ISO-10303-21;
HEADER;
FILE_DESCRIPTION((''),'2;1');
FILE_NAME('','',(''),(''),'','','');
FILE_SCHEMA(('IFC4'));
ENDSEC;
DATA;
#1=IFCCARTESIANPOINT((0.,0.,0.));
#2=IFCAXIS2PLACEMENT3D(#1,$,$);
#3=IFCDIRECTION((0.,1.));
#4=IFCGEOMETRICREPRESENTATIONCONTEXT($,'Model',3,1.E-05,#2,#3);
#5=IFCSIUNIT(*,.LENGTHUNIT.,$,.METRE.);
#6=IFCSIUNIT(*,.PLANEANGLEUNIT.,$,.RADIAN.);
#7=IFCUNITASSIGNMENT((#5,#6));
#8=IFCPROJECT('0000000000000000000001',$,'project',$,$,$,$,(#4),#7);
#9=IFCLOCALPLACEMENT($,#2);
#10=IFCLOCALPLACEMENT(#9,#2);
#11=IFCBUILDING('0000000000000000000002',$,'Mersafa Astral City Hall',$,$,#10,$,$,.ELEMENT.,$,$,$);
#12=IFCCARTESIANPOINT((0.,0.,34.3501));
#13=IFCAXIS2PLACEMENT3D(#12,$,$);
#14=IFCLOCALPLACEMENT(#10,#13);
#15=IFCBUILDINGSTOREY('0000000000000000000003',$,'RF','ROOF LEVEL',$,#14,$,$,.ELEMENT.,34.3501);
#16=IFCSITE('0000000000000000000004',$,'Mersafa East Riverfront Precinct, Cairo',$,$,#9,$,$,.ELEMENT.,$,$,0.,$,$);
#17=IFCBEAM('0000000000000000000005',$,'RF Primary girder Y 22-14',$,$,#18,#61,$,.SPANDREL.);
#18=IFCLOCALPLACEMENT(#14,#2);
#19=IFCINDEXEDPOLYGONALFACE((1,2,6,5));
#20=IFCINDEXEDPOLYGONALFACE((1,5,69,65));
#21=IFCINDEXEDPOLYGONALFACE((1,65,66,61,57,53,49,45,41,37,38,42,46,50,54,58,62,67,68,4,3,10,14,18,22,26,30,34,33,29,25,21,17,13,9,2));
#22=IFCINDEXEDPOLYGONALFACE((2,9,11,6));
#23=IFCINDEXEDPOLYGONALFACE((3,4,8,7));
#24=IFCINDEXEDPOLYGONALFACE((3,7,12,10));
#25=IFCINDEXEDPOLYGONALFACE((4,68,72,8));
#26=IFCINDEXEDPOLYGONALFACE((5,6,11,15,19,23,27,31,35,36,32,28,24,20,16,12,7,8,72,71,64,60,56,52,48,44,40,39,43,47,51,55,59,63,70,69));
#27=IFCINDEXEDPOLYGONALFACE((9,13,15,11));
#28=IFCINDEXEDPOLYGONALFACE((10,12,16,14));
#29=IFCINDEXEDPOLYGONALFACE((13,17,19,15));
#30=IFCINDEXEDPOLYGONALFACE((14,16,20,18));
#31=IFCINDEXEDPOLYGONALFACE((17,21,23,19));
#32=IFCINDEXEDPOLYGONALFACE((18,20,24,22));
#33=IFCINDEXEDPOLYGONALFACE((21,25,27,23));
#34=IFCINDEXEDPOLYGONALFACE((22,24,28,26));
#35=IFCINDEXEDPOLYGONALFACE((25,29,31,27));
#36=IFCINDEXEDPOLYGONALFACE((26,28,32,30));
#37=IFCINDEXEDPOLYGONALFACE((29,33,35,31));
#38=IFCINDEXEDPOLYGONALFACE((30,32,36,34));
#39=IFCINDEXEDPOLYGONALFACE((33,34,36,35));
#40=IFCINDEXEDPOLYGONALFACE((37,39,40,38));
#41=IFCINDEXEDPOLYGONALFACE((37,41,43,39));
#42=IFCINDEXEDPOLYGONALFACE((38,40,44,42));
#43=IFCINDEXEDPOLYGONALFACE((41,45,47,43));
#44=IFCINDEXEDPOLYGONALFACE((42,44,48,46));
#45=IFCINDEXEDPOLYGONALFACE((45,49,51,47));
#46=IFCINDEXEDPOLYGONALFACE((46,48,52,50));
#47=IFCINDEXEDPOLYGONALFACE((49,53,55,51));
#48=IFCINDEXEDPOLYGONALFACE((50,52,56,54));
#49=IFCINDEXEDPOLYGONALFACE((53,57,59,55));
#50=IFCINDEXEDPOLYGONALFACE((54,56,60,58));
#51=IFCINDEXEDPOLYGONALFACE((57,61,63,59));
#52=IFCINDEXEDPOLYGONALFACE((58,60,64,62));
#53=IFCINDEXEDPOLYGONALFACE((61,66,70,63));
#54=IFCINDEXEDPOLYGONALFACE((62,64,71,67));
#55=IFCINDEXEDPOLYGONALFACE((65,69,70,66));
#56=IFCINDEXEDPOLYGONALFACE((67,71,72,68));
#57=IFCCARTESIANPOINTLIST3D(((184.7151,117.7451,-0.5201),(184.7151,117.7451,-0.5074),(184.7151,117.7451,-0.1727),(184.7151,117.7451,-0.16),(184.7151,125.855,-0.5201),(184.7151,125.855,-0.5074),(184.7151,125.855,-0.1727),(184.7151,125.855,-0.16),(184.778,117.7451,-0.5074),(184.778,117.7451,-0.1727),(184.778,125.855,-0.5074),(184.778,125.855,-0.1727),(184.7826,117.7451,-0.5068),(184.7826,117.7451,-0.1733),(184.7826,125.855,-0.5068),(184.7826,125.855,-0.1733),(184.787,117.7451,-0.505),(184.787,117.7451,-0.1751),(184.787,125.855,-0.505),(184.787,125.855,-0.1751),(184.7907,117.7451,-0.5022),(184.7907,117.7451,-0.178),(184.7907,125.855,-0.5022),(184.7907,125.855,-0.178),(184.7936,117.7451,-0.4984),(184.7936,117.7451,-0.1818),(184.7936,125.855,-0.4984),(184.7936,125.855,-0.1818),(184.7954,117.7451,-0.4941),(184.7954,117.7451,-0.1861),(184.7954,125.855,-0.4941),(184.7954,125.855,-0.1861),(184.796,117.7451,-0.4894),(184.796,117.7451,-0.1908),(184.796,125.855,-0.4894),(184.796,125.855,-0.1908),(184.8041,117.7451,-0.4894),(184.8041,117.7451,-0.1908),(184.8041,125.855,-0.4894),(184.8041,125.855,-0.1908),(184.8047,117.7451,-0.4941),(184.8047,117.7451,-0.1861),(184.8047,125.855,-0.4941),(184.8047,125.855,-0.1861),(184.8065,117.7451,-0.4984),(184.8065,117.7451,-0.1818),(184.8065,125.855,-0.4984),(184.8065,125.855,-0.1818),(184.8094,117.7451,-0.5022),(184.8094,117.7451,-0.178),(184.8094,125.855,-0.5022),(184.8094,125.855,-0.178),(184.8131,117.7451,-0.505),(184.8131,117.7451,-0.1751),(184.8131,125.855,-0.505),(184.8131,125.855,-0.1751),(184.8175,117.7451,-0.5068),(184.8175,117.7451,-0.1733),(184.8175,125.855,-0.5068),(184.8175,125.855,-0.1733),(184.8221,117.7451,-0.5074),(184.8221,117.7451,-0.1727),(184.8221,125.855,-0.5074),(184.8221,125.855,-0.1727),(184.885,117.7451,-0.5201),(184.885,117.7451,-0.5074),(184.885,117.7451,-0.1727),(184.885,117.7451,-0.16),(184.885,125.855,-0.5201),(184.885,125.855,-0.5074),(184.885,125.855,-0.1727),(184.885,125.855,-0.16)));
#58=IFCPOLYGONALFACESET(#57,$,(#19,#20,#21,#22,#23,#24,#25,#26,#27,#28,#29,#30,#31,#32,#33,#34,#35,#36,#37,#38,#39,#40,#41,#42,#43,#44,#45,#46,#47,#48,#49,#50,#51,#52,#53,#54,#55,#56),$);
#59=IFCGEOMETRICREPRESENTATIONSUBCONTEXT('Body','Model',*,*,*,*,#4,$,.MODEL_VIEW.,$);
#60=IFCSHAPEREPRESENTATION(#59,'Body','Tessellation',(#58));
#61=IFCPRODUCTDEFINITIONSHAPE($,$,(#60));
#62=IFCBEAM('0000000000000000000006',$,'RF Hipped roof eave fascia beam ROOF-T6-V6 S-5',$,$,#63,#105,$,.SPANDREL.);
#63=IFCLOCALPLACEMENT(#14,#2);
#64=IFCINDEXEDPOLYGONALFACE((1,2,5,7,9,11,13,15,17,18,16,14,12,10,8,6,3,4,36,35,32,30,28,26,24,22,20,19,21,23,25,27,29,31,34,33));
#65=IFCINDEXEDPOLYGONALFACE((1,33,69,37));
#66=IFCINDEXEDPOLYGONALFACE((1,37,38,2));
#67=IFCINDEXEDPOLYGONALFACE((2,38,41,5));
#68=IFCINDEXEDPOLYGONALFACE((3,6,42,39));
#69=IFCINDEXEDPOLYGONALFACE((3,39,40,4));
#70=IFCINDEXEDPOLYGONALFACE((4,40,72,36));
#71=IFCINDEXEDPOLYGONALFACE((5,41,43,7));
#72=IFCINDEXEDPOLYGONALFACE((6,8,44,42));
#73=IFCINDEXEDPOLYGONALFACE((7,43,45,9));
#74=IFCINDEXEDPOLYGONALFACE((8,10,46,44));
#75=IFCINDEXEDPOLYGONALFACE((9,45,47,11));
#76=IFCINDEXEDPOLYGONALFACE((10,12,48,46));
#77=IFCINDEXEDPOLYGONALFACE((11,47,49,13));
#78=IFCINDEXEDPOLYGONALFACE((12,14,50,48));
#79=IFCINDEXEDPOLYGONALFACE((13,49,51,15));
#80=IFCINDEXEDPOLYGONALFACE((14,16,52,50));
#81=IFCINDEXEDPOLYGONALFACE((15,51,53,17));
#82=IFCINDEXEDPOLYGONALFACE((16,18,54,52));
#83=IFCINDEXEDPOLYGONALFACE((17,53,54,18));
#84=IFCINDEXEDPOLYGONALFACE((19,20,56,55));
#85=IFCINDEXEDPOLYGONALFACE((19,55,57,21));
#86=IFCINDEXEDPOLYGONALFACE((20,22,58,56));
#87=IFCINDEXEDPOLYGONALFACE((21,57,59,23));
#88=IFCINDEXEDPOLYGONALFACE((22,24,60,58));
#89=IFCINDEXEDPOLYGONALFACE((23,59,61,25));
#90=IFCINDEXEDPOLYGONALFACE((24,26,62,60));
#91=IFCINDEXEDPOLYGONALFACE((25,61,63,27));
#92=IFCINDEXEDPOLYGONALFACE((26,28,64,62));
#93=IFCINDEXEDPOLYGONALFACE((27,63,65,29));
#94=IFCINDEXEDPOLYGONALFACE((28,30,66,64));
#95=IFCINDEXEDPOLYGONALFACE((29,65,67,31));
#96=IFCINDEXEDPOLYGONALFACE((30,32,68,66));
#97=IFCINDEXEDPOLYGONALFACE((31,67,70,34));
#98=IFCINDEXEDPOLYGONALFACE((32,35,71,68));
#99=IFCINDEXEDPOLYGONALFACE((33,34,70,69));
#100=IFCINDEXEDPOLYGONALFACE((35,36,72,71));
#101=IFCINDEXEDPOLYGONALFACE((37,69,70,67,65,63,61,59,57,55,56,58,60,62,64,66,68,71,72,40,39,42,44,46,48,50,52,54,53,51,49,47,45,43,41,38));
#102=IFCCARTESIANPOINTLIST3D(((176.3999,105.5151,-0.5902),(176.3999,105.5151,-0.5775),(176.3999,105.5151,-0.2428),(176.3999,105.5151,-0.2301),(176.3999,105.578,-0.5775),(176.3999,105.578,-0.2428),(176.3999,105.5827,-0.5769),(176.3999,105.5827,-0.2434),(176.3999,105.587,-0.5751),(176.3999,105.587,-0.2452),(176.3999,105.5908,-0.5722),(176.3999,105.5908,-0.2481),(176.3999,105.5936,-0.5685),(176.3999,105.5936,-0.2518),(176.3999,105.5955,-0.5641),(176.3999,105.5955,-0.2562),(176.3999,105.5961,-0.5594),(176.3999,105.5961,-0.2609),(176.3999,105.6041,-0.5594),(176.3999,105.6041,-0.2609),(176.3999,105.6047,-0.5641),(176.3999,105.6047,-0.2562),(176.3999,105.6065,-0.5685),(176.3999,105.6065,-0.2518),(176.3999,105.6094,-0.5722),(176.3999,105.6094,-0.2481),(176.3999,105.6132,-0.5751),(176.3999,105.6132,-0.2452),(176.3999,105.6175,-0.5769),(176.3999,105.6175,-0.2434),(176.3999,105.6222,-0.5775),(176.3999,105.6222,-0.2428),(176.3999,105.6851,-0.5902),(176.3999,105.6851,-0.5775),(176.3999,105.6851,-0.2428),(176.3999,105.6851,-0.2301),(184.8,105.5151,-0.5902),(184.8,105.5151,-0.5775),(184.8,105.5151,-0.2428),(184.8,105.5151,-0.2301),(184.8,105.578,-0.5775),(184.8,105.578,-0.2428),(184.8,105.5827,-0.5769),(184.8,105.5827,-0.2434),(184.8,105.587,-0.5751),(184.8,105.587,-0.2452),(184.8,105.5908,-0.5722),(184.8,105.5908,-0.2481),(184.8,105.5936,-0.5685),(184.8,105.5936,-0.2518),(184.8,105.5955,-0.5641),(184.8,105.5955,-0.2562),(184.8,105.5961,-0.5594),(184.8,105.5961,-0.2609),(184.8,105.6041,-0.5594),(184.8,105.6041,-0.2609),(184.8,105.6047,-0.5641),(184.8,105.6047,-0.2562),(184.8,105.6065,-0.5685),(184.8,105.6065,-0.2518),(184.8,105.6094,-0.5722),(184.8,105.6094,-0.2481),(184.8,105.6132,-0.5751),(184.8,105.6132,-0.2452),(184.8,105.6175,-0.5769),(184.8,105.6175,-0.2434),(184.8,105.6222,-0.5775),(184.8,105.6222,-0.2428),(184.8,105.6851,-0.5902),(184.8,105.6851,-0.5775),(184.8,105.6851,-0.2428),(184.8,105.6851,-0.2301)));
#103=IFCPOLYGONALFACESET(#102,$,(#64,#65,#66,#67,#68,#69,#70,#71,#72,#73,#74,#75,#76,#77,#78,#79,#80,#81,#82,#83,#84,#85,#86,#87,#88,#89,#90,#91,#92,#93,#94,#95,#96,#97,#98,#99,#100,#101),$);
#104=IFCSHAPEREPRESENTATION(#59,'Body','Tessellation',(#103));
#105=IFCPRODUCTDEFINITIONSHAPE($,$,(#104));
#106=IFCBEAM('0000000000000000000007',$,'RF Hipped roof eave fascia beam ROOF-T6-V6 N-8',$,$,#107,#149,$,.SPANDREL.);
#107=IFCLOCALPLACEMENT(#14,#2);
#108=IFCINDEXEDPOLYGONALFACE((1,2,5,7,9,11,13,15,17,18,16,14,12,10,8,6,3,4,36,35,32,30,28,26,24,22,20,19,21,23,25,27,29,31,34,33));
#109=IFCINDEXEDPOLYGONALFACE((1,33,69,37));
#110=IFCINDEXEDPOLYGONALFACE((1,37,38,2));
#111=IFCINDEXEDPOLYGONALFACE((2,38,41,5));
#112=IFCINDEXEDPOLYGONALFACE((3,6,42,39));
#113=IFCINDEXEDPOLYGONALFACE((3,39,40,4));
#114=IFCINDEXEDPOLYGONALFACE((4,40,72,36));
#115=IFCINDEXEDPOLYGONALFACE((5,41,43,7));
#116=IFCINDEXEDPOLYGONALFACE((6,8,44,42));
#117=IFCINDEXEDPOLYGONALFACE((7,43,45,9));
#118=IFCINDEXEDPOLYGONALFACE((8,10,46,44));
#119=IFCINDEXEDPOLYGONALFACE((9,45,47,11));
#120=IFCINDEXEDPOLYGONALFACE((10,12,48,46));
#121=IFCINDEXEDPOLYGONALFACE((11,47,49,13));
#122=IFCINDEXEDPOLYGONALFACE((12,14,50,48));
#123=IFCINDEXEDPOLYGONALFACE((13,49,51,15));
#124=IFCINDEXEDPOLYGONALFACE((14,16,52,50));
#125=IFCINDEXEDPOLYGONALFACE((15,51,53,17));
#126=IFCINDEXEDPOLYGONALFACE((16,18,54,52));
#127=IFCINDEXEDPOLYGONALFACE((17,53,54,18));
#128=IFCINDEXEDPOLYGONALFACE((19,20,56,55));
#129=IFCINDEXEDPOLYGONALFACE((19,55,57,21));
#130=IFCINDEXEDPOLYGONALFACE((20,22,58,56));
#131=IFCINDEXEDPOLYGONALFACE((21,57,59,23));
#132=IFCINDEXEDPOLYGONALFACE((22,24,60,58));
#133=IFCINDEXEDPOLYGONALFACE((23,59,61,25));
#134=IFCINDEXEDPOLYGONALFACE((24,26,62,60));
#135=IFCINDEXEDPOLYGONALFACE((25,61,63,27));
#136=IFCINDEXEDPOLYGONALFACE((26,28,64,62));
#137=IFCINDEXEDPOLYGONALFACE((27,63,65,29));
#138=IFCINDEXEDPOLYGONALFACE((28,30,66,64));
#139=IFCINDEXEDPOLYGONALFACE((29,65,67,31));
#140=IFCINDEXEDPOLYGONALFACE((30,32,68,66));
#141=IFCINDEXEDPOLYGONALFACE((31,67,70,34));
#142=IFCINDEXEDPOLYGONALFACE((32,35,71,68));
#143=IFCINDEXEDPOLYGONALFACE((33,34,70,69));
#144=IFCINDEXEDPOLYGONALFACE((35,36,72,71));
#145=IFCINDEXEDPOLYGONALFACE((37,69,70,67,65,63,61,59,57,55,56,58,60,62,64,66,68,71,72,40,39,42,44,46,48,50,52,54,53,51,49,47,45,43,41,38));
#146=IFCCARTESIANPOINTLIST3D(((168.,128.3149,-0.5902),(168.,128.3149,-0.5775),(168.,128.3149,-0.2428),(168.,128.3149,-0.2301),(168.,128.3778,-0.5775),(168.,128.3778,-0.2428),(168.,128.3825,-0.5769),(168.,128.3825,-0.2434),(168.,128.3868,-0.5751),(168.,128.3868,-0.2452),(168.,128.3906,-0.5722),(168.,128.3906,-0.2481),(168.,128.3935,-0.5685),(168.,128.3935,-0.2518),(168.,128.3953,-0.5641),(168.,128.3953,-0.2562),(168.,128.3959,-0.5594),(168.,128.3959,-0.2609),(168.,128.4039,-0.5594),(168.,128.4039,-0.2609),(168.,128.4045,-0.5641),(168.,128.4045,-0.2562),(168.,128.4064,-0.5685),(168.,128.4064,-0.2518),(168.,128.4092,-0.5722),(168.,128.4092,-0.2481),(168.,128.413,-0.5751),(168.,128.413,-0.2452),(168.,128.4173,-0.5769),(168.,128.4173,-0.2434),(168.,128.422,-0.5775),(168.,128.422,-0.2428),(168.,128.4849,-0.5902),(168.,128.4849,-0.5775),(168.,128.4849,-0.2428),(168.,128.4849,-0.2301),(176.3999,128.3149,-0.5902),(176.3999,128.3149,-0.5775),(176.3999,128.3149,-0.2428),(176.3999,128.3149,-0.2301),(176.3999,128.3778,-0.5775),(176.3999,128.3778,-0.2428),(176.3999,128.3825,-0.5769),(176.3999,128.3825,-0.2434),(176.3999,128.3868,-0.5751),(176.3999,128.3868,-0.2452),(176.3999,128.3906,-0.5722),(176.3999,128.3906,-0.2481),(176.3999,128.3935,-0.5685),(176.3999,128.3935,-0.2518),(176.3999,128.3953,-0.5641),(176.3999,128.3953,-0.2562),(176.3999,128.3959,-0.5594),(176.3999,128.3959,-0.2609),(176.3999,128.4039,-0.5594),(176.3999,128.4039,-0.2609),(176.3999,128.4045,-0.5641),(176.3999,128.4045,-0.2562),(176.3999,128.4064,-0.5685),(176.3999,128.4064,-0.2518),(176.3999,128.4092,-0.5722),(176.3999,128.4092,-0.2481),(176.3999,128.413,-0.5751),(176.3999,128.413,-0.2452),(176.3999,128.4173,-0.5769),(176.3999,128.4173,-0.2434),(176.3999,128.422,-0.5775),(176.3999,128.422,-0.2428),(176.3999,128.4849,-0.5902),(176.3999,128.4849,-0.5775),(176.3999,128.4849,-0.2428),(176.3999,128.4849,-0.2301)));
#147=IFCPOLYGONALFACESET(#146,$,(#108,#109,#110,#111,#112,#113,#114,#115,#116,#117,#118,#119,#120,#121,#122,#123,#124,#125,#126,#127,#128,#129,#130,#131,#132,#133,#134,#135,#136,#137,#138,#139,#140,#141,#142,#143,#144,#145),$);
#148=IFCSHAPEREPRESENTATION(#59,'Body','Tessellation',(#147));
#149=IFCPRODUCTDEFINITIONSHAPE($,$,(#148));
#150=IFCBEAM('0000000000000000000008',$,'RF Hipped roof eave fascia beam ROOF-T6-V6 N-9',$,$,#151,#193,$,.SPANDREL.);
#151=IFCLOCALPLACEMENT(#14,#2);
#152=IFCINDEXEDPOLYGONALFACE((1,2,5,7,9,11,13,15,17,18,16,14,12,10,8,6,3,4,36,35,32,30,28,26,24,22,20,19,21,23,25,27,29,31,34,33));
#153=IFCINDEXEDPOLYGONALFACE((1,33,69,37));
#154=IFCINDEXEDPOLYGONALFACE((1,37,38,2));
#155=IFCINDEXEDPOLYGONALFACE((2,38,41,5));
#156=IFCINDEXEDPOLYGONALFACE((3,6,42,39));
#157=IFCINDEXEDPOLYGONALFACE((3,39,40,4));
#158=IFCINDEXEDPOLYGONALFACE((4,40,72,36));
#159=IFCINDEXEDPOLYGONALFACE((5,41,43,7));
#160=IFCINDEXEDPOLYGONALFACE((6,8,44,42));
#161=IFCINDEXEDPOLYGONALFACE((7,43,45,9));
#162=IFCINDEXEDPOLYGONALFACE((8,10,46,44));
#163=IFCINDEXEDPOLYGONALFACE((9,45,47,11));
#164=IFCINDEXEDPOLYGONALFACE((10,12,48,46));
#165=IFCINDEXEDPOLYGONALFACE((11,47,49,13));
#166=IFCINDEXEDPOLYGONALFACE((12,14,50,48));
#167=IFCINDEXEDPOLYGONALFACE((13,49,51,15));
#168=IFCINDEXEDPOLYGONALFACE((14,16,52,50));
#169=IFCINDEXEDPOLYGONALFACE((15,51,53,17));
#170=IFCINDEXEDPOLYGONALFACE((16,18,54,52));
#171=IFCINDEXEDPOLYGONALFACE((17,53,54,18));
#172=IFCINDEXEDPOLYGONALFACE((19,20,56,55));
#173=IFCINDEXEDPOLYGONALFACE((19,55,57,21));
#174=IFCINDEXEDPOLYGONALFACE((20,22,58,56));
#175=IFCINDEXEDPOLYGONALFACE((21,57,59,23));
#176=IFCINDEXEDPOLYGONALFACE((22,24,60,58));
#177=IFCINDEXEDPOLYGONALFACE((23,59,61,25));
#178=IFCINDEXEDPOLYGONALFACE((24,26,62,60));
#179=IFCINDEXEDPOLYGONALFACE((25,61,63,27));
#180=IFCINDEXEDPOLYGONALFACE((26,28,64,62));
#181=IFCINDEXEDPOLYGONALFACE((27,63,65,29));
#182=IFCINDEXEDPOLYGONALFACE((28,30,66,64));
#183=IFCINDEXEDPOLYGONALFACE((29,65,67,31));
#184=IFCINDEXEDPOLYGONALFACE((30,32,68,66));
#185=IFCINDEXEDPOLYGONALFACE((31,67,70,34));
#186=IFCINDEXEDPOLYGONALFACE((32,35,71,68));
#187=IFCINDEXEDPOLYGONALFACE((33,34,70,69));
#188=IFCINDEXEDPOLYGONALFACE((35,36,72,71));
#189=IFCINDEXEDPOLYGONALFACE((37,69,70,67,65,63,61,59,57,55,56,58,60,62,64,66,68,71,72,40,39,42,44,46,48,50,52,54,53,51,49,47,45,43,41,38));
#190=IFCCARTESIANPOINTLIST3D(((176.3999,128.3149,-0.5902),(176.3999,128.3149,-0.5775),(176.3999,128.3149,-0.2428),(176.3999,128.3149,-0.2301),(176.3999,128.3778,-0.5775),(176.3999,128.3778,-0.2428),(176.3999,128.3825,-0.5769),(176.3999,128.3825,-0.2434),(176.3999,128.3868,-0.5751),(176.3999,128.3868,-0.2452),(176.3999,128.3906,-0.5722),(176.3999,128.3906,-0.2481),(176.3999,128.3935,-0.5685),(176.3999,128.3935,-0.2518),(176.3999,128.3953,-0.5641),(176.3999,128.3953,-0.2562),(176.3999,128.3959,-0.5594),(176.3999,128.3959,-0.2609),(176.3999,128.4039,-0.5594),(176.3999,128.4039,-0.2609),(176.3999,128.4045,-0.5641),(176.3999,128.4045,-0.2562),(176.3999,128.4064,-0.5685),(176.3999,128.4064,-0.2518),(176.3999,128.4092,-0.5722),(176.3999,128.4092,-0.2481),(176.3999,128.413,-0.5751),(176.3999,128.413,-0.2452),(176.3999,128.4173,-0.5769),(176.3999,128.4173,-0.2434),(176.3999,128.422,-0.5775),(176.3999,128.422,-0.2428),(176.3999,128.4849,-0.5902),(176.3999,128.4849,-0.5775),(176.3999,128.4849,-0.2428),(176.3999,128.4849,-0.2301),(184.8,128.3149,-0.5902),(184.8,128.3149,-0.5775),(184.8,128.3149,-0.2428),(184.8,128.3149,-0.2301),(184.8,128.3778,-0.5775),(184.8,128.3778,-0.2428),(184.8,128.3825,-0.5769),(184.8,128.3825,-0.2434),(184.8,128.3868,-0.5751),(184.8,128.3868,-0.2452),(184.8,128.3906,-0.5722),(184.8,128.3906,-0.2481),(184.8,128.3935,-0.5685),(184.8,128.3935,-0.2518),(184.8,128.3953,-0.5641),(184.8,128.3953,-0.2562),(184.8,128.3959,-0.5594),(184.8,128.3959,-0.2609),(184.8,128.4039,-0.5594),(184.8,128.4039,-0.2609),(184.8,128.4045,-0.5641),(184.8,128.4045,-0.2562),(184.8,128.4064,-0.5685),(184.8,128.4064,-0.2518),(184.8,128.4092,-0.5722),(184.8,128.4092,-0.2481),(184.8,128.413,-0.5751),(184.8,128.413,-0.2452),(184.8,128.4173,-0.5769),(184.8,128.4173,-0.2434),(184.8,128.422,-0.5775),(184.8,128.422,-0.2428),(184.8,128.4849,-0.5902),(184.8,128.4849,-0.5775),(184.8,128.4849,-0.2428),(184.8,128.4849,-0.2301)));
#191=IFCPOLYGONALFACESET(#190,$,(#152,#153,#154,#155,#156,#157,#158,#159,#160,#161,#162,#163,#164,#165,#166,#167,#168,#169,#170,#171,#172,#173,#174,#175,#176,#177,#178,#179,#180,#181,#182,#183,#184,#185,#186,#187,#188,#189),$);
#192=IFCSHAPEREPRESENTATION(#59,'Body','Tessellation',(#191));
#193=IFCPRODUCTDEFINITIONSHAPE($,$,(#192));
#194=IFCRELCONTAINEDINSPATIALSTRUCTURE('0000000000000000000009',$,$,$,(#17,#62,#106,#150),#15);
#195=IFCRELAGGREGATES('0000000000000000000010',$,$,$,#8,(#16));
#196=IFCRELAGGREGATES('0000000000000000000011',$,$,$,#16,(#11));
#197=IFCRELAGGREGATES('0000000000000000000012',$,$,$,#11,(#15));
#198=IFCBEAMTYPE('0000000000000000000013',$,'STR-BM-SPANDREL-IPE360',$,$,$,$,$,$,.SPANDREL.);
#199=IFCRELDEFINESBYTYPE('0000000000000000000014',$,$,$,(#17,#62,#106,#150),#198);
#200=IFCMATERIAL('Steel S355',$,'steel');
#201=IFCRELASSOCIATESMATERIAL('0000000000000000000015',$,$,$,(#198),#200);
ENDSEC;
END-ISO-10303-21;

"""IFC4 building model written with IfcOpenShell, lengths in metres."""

from ifc_helpers import new_model, si_unit, direction, frame, origin, origin_2d, place, context, subcontext, project, spatial, i_section, extrude, material, material_profile, profile_set, type_object, element, save


model = new_model("IFC4")

# Units and contexts
model_context = context("Model", 3, precision=1e-05, world=origin(), true_north=direction((0.0, 1.0)))
body_context = subcontext(model_context, "Body", "Model", "MODEL_VIEW")
ifc_project = project(units=[si_unit("LENGTHUNIT", "METRE"), si_unit("PLANEANGLEUNIT", "RADIAN")], contexts=[model_context])

# Site, building, storey
site_placement = place(None, origin())
site = spatial("IfcSite", under=ifc_project, at=site_placement, Name="Mersafa East Riverfront Precinct, Cairo", CompositionType="ELEMENT", RefElevation=0.0)
building_placement = place(site_placement, origin())
building = spatial("IfcBuilding", under=site, at=building_placement, Name="Mersafa Astral City Hall", CompositionType="ELEMENT")
storey_placement = place(building_placement, frame((0.0, 0.0, 34.3501)))
storey = spatial("IfcBuildingStorey", under=building, at=storey_placement, Name="RF", Description="ROOF LEVEL", CompositionType="ELEMENT", Elevation=34.3501)

# Shared definitions
ifc_material_1 = material(Name="Steel S355", Category="steel")

# Beams
ifc_material_profile_1 = material_profile(ifc_material_1, i_section(OverallWidth=0.1699, OverallDepth=0.3601, WebThickness=0.0081, FlangeThickness=0.0127, FilletRadius=0.0181, at=origin_2d()), Name="IPE 360")
ifc_profile_set_1 = profile_set([ifc_material_profile_1], Name="Steel S355")
beam_type_1 = type_object("IfcBeamType", Name="STR-BM-SPANDREL-IPE360", PredefinedType="SPANDREL", material=ifc_profile_set_1)
beam_1_placement = place(storey_placement, frame((184.8, 117.7451, -0.3401), z_axis=(0.0, 1.0, 0.0), x_axis=(-1.0, 0.0, 0.0)))
element("IfcBeam", 1, at=beam_1_placement, inside=storey, type_object=beam_type_1, Name="RF Primary girder Y 22-14", PredefinedType="SPANDREL", context=body_context, shape_type="SweptSolid", body=[
    extrude(i_section(OverallWidth=0.1699, OverallDepth=0.3601, WebThickness=0.0081, FlangeThickness=0.0127, FilletRadius=0.0181, at=origin_2d()), origin(), (0.0, 0.0, 1.0), 8.1099),
])
beam_2_placement = place(storey_placement, frame((176.3999, 105.6001, -0.4102), z_axis=(1.0, 0.0, 0.0), x_axis=(0.0, 1.0, 0.0)))
element("IfcBeam", 2, at=beam_2_placement, inside=storey, type_object=beam_type_1, Name="RF Hipped roof eave fascia beam ROOF-T6-V6 S-5", PredefinedType="SPANDREL", context=body_context, shape_type="SweptSolid", body=[
    extrude(i_section(OverallWidth=0.1699, OverallDepth=0.3601, WebThickness=0.0081, FlangeThickness=0.0127, FilletRadius=0.0181, at=origin_2d()), origin(), (0.0, 0.0, 1.0), 8.4001),
])
beam_3_placement = place(storey_placement, frame((168.0, 128.3999, -0.4102), z_axis=(1.0, 0.0, 0.0), x_axis=(0.0, 1.0, 0.0)))
element("IfcBeam", 3, at=beam_3_placement, inside=storey, type_object=beam_type_1, Name="RF Hipped roof eave fascia beam ROOF-T6-V6 N-8", PredefinedType="SPANDREL", context=body_context, shape_type="SweptSolid", body=[
    extrude(i_section(OverallWidth=0.1699, OverallDepth=0.3601, WebThickness=0.0081, FlangeThickness=0.0127, FilletRadius=0.0181, at=origin_2d()), origin(), (0.0, 0.0, 1.0), 8.3999),
])
beam_4_placement = place(storey_placement, frame((176.3999, 128.3999, -0.4102), z_axis=(1.0, 0.0, 0.0), x_axis=(0.0, 1.0, 0.0)))
element("IfcBeam", 4, at=beam_4_placement, inside=storey, type_object=beam_type_1, Name="RF Hipped roof eave fascia beam ROOF-T6-V6 N-9", PredefinedType="SPANDREL", context=body_context, shape_type="SweptSolid", body=[
    extrude(i_section(OverallWidth=0.1699, OverallDepth=0.3601, WebThickness=0.0081, FlangeThickness=0.0127, FilletRadius=0.0181, at=origin_2d()), origin(), (0.0, 0.0, 1.0), 8.4001),
])

save(model, "model.ifc")
